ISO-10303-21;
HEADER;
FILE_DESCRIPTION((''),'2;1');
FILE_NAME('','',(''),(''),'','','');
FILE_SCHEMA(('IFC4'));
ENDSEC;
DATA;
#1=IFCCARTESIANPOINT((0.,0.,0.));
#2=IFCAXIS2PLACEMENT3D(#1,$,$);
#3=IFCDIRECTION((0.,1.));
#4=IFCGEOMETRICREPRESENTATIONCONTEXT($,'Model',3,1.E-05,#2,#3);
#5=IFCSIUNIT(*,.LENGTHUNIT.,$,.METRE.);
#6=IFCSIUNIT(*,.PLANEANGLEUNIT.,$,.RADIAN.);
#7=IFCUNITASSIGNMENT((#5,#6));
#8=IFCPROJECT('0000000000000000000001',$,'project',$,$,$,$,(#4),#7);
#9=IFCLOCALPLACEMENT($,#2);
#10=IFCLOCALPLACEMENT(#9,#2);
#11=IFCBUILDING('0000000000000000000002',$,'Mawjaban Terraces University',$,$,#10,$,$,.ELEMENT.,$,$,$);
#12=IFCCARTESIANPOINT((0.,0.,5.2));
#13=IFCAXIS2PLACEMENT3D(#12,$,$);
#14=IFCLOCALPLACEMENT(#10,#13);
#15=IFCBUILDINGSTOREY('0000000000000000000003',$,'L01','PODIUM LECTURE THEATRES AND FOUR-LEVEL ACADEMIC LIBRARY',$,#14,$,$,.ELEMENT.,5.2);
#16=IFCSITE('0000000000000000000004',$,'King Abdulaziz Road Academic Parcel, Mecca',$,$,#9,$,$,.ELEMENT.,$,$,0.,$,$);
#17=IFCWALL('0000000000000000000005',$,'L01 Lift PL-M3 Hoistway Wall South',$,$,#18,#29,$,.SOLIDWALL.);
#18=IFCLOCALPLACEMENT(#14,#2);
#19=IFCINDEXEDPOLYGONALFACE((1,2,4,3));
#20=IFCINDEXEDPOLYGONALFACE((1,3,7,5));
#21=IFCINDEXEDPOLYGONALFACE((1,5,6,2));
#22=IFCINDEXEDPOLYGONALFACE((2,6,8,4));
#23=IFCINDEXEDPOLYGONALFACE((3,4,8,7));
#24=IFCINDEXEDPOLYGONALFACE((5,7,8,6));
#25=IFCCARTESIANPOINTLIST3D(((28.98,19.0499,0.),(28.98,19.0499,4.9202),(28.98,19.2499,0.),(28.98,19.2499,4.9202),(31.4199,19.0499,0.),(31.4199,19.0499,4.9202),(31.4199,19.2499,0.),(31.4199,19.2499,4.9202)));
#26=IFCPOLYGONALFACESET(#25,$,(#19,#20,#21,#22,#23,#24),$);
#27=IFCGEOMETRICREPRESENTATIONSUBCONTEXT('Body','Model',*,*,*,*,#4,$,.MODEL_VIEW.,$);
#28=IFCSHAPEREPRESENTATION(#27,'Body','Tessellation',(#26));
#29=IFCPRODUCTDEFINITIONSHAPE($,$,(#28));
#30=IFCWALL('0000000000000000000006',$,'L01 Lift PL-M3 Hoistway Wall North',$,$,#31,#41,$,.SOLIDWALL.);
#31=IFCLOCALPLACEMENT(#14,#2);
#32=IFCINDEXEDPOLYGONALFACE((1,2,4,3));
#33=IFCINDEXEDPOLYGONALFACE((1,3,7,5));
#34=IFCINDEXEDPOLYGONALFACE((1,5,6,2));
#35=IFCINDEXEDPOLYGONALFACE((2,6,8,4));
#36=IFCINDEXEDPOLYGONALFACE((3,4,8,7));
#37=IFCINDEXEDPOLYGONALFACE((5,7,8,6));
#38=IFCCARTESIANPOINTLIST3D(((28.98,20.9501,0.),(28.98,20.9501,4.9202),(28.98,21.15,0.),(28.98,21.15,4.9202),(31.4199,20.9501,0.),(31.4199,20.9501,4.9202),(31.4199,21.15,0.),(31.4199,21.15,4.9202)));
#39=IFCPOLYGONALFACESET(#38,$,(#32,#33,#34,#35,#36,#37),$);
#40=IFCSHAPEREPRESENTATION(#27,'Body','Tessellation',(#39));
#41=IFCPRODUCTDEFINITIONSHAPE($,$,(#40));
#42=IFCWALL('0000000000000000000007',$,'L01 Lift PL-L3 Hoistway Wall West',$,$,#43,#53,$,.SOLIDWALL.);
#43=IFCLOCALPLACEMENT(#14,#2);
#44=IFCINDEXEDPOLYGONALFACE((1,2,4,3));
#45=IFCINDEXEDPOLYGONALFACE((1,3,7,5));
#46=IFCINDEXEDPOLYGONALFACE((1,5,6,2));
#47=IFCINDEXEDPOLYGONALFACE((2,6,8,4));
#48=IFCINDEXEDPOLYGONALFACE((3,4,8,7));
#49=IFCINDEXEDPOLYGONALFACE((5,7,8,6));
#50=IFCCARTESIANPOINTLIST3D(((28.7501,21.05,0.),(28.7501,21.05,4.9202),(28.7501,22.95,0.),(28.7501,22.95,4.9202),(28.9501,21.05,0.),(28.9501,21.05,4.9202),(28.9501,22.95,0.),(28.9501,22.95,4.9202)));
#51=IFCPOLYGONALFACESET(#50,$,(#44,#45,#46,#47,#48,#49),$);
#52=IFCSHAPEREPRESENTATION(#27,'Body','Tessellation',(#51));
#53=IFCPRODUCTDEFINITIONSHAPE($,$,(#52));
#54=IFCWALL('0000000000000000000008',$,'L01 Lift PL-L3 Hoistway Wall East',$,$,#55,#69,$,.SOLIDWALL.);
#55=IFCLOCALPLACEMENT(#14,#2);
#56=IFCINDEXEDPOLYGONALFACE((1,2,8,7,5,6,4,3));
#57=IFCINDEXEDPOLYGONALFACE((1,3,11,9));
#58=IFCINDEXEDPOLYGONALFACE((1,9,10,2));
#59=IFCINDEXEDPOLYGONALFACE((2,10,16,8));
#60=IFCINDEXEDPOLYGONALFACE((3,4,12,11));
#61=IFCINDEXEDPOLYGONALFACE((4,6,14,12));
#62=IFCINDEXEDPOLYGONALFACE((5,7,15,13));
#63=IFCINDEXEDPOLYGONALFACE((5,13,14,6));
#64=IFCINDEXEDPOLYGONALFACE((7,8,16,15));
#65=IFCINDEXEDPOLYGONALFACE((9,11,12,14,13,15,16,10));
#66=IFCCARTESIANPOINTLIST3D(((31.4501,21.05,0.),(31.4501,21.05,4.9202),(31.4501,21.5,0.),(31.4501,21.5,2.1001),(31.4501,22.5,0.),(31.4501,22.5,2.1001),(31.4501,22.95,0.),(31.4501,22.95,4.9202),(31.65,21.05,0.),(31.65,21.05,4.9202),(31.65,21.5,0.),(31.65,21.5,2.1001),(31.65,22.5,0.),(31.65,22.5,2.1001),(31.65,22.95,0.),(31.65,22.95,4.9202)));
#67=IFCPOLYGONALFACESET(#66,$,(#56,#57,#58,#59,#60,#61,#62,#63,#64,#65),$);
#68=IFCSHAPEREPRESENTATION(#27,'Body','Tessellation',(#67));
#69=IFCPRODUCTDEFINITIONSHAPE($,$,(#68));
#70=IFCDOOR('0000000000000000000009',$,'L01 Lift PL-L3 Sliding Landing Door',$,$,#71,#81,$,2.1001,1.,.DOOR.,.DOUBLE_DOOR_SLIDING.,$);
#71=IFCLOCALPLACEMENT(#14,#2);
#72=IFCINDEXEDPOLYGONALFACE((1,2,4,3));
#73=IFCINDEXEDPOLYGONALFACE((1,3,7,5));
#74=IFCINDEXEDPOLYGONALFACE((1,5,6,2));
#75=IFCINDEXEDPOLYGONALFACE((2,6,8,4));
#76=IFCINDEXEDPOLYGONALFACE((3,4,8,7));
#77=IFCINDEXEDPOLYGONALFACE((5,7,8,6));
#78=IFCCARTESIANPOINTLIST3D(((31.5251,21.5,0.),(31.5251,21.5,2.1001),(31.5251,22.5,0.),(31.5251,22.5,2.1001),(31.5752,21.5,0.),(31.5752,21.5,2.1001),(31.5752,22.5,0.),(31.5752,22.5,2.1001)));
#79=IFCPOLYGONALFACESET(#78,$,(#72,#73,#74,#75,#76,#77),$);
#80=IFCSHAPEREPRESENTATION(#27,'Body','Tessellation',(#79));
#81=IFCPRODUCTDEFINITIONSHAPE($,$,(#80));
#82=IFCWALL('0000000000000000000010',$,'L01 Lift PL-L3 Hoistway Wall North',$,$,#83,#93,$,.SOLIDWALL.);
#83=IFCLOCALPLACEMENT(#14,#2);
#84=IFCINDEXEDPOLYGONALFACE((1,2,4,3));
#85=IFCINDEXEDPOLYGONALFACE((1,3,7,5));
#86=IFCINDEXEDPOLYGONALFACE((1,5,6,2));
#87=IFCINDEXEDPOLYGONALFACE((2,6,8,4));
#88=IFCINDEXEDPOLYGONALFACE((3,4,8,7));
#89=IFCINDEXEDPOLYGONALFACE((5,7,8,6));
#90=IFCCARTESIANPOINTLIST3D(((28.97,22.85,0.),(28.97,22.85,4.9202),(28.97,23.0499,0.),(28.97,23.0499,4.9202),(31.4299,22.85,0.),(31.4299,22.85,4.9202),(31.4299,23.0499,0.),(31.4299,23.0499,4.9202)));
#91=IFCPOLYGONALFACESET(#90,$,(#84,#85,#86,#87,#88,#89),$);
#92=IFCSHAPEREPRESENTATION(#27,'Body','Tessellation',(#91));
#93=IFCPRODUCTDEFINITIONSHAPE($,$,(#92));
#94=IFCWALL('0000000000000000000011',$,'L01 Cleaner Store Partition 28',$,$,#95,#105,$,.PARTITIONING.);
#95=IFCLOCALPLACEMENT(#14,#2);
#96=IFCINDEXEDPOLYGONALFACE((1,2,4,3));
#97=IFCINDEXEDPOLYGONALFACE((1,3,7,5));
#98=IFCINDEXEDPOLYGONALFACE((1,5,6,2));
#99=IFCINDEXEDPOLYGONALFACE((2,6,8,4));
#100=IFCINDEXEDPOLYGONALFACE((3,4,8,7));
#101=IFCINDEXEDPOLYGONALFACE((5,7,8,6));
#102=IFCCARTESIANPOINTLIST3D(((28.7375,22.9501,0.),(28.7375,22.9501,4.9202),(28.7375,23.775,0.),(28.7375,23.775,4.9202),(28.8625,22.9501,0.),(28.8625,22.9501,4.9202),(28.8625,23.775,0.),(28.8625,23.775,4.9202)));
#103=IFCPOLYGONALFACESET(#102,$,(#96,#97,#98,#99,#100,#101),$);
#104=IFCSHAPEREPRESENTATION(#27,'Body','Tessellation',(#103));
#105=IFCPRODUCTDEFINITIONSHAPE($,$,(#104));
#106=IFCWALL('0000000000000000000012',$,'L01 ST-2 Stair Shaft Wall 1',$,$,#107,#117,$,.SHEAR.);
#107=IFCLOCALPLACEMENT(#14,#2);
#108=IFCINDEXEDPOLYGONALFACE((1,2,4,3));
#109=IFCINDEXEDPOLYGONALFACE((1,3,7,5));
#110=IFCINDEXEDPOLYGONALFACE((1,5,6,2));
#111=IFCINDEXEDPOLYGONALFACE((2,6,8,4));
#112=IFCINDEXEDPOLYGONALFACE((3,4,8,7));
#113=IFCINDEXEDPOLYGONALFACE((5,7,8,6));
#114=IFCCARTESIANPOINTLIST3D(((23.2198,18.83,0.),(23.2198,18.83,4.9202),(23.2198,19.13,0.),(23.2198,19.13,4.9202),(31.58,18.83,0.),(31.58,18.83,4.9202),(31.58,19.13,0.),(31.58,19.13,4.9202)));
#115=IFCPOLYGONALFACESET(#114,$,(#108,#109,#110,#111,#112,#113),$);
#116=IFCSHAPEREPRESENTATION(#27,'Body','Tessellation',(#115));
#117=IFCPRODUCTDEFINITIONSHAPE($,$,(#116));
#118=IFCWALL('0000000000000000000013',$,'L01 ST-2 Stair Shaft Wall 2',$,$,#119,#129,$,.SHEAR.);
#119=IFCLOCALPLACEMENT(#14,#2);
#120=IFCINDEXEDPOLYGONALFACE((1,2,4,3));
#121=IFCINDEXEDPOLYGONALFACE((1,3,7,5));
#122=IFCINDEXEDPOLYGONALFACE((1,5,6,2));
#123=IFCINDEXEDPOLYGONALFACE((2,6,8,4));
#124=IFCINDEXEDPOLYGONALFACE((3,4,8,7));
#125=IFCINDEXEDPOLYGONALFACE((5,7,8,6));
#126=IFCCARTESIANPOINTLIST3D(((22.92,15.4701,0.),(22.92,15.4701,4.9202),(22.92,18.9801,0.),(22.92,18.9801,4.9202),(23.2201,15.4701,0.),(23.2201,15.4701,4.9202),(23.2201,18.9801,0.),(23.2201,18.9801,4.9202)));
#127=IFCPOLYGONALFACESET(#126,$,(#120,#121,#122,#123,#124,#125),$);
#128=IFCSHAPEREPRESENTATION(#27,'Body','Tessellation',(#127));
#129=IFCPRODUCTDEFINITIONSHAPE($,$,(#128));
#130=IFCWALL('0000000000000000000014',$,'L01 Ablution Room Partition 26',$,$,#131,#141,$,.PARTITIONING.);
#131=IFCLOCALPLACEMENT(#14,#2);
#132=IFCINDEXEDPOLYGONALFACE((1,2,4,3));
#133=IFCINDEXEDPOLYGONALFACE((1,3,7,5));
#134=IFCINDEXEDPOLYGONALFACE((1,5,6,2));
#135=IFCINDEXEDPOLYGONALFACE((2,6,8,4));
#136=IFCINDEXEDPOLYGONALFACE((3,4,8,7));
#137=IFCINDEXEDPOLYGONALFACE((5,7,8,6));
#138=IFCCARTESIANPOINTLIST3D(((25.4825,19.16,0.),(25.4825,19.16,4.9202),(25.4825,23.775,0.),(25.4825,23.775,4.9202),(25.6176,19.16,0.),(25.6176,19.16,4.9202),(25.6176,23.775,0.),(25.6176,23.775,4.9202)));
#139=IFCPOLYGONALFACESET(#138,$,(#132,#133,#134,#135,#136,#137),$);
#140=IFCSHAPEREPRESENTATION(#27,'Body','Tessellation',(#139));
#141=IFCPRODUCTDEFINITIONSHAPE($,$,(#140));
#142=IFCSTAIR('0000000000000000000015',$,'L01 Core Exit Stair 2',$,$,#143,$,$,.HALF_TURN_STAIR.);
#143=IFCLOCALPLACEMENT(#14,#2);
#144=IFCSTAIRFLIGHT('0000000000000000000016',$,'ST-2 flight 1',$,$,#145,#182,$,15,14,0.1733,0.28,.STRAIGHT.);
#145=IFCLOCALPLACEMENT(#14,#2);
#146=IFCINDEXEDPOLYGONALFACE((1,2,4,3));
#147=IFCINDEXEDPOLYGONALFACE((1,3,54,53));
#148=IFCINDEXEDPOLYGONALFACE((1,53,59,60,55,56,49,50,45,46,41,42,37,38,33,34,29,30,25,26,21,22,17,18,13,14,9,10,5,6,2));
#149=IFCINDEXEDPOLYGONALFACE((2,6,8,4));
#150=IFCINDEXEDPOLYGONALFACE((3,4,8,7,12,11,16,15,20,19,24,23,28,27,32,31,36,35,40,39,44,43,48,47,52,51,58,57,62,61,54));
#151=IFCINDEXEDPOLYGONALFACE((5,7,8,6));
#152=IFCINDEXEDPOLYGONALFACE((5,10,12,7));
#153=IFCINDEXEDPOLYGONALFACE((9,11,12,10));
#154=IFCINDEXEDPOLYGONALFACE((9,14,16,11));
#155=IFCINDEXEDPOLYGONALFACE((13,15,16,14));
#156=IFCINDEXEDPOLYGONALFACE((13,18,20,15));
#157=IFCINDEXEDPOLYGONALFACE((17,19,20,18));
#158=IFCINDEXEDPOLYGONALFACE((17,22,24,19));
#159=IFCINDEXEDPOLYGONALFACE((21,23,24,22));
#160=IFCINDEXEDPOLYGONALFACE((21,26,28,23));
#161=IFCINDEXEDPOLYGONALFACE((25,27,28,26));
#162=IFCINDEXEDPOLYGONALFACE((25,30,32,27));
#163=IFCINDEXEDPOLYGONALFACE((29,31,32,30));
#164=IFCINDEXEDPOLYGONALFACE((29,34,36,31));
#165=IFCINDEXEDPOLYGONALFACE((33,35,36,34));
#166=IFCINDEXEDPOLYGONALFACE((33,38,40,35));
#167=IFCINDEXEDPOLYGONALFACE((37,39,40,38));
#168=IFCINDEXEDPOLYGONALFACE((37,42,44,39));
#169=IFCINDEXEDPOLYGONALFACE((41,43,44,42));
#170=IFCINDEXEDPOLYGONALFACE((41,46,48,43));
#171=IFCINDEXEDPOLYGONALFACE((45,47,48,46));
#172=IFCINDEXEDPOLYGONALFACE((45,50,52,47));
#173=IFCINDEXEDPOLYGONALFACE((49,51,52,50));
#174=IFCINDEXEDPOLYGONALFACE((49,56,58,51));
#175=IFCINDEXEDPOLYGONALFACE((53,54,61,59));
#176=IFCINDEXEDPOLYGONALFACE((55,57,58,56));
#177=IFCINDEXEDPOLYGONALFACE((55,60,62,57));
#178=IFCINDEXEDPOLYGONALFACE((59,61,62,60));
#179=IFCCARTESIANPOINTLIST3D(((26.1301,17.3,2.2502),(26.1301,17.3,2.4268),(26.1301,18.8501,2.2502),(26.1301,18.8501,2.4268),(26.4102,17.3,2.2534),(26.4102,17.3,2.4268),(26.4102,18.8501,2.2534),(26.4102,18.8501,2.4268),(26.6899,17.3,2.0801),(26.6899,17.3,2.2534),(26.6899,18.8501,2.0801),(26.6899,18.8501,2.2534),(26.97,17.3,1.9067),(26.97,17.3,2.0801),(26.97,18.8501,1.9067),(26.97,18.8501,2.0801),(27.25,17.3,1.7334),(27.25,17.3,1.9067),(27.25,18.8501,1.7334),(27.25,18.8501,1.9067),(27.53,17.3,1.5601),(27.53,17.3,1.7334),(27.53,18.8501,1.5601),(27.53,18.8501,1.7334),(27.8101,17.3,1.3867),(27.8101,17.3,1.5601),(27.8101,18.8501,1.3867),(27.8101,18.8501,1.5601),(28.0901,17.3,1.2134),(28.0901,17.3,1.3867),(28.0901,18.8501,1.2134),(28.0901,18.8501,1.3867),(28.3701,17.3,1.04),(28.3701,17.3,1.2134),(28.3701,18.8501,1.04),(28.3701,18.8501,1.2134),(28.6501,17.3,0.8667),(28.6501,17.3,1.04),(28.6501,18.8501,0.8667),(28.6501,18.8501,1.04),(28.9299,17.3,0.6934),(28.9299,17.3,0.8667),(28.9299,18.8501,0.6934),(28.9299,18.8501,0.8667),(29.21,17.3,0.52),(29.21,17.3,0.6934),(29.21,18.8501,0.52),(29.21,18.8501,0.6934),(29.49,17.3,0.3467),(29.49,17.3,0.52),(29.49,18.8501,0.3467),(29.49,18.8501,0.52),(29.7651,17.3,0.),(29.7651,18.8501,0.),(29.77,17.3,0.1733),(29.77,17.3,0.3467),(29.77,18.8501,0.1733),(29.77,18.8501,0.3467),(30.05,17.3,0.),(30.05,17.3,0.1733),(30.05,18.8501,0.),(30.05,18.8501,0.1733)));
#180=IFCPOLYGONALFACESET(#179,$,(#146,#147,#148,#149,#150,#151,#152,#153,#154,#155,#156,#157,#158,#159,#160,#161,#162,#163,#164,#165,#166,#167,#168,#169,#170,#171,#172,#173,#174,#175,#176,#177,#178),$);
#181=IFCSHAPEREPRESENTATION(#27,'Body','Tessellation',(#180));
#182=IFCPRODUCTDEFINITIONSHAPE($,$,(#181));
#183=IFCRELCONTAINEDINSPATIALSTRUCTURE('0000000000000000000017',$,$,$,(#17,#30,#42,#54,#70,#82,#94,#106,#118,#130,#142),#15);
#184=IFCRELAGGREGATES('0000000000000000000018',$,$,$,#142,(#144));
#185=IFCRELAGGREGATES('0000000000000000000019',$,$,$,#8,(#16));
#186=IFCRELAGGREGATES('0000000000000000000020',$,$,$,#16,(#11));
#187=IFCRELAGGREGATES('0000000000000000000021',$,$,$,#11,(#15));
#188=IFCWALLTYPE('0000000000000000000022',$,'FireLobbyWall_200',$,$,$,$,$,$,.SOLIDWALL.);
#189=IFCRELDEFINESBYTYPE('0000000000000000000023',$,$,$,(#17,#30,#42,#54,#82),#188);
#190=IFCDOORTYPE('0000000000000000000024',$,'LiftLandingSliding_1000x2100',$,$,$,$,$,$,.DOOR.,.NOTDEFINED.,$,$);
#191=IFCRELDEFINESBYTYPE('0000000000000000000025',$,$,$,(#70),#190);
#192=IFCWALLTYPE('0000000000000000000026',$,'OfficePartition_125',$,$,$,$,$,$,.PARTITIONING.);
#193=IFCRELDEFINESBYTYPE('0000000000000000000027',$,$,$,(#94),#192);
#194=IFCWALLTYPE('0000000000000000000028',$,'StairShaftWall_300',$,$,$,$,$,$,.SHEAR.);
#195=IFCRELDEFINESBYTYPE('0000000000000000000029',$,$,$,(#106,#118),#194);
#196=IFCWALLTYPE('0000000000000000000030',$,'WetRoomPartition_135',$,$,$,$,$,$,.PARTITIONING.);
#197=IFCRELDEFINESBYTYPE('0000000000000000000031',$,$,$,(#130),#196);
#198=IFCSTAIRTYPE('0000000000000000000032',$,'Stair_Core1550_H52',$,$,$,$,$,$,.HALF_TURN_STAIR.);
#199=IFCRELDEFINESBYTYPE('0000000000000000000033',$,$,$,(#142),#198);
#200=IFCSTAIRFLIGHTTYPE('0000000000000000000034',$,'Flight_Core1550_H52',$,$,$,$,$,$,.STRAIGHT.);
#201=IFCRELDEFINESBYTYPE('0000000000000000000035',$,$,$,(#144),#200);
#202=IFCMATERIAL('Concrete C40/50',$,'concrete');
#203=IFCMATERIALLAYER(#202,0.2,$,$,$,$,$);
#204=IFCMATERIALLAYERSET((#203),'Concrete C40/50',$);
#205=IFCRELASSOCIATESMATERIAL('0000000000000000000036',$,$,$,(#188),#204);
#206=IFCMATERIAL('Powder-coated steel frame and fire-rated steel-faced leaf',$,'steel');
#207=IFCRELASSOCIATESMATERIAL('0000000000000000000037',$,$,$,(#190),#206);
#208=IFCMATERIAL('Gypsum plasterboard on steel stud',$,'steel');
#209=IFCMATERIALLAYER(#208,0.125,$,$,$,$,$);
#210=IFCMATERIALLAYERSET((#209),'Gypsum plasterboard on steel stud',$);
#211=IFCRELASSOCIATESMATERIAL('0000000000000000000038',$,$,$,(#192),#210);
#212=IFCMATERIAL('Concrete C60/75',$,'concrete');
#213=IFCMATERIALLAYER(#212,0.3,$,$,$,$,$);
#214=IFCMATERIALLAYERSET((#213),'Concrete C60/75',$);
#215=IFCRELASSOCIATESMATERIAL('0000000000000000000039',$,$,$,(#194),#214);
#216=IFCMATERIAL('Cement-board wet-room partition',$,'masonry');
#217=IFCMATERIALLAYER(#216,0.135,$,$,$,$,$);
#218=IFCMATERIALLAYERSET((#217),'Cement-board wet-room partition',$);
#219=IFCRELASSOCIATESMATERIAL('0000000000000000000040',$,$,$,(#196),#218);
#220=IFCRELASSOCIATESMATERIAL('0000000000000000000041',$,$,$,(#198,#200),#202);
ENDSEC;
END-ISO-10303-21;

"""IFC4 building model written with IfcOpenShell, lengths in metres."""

from ifc_helpers import new_model, si_unit, direction, frame, frame_2d, origin, place, context, subcontext, project, spatial, polyline, rectangle, outline, extrude, material, layer, layer_set, type_object, element, fill, aggregate, save


model = new_model("IFC4")

# Units and contexts
model_context = context("Model", 3, precision=1e-05, world=origin(), true_north=direction((0.0, 1.0)))
body_context = subcontext(model_context, "Body", "Model", "MODEL_VIEW")
ifc_project = project(units=[si_unit("LENGTHUNIT", "METRE"), si_unit("PLANEANGLEUNIT", "RADIAN")], contexts=[model_context])

# Site, building, storey
site_placement = place(None, origin())
site = spatial("IfcSite", under=ifc_project, at=site_placement, Name="King Abdulaziz Road Academic Parcel, Mecca", CompositionType="ELEMENT", RefElevation=0.0)
building_placement = place(site_placement, origin())
building = spatial("IfcBuilding", under=site, at=building_placement, Name="Mawjaban Terraces University", CompositionType="ELEMENT")
storey_placement = place(building_placement, frame((0.0, 0.0, 5.2)))
storey = spatial("IfcBuildingStorey", under=building, at=storey_placement, Name="L01", Description="PODIUM LECTURE THEATRES AND FOUR-LEVEL ACADEMIC LIBRARY", CompositionType="ELEMENT", Elevation=5.2)

# Walls
ifc_material_1 = material(Name="Concrete C40/50", Category="concrete")
ifc_layer_1 = layer(ifc_material_1, 0.2)
ifc_layer_set_1 = layer_set([ifc_layer_1], Name="Concrete C40/50")
wall_type_1 = type_object("IfcWallType", Name="FireLobbyWall_200", PredefinedType="SOLIDWALL", material=ifc_layer_set_1)
for number, where, z_axis, x_axis, name in (
    (1, (28.98, 19.1499, 0.0), (0.0, 0.0, 1.0), (1.0, 0.0, 0.0), "L01 Lift PL-M3 Hoistway Wall South"),
    (2, (31.4199, 21.05, 0.0), (0.0, 0.0, 1.0), (-1.0, 0.0, 0.0), "L01 Lift PL-M3 Hoistway Wall North"),
):
    element("IfcWall", number, at=place(storey_placement, frame(where, z_axis=z_axis, x_axis=x_axis)), inside=storey, type_object=wall_type_1, Name=name, PredefinedType="SOLIDWALL", context=body_context, shape_type="SweptSolid", body=[
        extrude(rectangle(XDim=2.4399, YDim=0.2, at=frame_2d((1.22, 0.0))), origin(), (0.0, 0.0, 1.0), 4.9202),
    ])
wall_1_placement = place(storey_placement, frame((28.8501, 22.95, 0.0), z_axis=(0.0, 0.0, 1.0), x_axis=(0.0, -1.0, 0.0)))
element("IfcWall", 3, at=wall_1_placement, inside=storey, type_object=wall_type_1, Name="L01 Lift PL-L3 Hoistway Wall West", PredefinedType="SOLIDWALL", context=body_context, shape_type="SweptSolid", body=[
    extrude(rectangle(XDim=1.8999, YDim=0.2, at=frame_2d((0.95, 0.0))), origin(), (0.0, 0.0, 1.0), 4.9202),
])

# Wall, opening, door
wall_2_placement = place(storey_placement, frame((31.55, 21.05, 0.0), z_axis=(0.0, 0.0, 1.0), x_axis=(0.0, 1.0, 0.0)))
wall_2 = element("IfcWall", 4, at=wall_2_placement, inside=storey, type_object=wall_type_1, Name="L01 Lift PL-L3 Hoistway Wall East", PredefinedType="SOLIDWALL", context=body_context, shape_type="SweptSolid", body=[
    extrude(rectangle(XDim=1.8999, YDim=0.2, at=frame_2d((0.95, 0.0))), origin(), (0.0, 0.0, 1.0), 4.9202),
])
opening_1_placement = place(wall_2_placement, frame((0.45, 0.0, 0.0)))
opening_1 = element("IfcOpeningElement", 5, at=opening_1_placement, cuts=wall_2, PredefinedType="OPENING", context=body_context, shape_type="SweptSolid", body=[
    extrude(rectangle(XDim=1.0, YDim=2.1001, at=frame_2d((0.5, 1.05))), frame((0.0, 0.1099, 0.0), z_axis=(0.0, -1.0, 0.0), x_axis=(1.0, 0.0, 0.0)), (0.0, 0.0, 1.0), 0.22),
])
ifc_material_2 = material(Name="Powder-coated steel frame and fire-rated steel-faced leaf", Category="steel")
door_type_1 = type_object("IfcDoorType", Name="LiftLandingSliding_1000x2100", OperationType="NOTDEFINED", PredefinedType="DOOR", material=ifc_material_2)
door_1_placement = place(opening_1_placement, origin())
door_1 = element("IfcDoor", 6, at=door_1_placement, inside=storey, type_object=door_type_1, Name="L01 Lift PL-L3 Sliding Landing Door", OperationType="DOUBLE_DOOR_SLIDING", OverallHeight=2.1001, OverallWidth=1.0, PredefinedType="DOOR", context=body_context, shape_type="SweptSolid", body=[
    extrude(rectangle(XDim=1.0, YDim=2.1001, at=frame_2d((0.5, 1.05))), frame((0.0, 0.0249, 0.0), z_axis=(0.0, -1.0, 0.0), x_axis=(1.0, 0.0, 0.0)), (0.0, 0.0, 1.0), 0.05),
])
fill(opening_1, door_1)

# Walls
wall_3_placement = place(storey_placement, frame((31.4299, 22.95, 0.0), z_axis=(0.0, 0.0, 1.0), x_axis=(-1.0, 0.0, 0.0)))
element("IfcWall", 7, at=wall_3_placement, inside=storey, type_object=wall_type_1, Name="L01 Lift PL-L3 Hoistway Wall North", PredefinedType="SOLIDWALL", context=body_context, shape_type="SweptSolid", body=[
    extrude(rectangle(XDim=2.46, YDim=0.2, at=frame_2d((1.23, 0.0))), origin(), (0.0, 0.0, 1.0), 4.9202),
])
ifc_material_3 = material(Name="Gypsum plasterboard on steel stud", Category="steel")
ifc_layer_2 = layer(ifc_material_3, 0.125)
ifc_layer_set_2 = layer_set([ifc_layer_2], Name="Gypsum plasterboard on steel stud")
wall_type_2 = type_object("IfcWallType", Name="OfficePartition_125", PredefinedType="PARTITIONING", material=ifc_layer_set_2)
wall_4_placement = place(storey_placement, frame((28.8, 22.95, 0.0), z_axis=(0.0, 0.0, 1.0), x_axis=(0.0, 1.0, 0.0)))
element("IfcWall", 8, at=wall_4_placement, inside=storey, type_object=wall_type_2, Name="L01 Cleaner Store Partition 28", PredefinedType="PARTITIONING", context=body_context, shape_type="SweptSolid", body=[
    extrude(rectangle(XDim=0.825, YDim=0.125, at=frame_2d((0.4126, 0.0))), origin(), (0.0, 0.0, 1.0), 4.9202),
])
ifc_material_4 = material(Name="Concrete C60/75", Category="concrete")
ifc_layer_3 = layer(ifc_material_4, 0.3)
ifc_layer_set_3 = layer_set([ifc_layer_3], Name="Concrete C60/75")
wall_type_3 = type_object("IfcWallType", Name="StairShaftWall_300", PredefinedType="SHEAR", material=ifc_layer_set_3)
wall_5_placement = place(storey_placement, frame((31.5801, 18.98, 0.0), z_axis=(0.0, 0.0, 1.0), x_axis=(-1.0, 0.0, 0.0)))
element("IfcWall", 9, at=wall_5_placement, inside=storey, type_object=wall_type_3, Name="L01 ST-2 Stair Shaft Wall 1", PredefinedType="SHEAR", context=body_context, shape_type="SweptSolid", body=[
    extrude(rectangle(XDim=8.3601, YDim=0.3, at=frame_2d((4.1802, 0.0))), origin(), (0.0, 0.0, 1.0), 4.9202),
])
wall_6_placement = place(storey_placement, frame((23.0701, 18.98, 0.0), z_axis=(0.0, 0.0, 1.0), x_axis=(0.0, -1.0, 0.0)))
element("IfcWall", 10, at=wall_6_placement, inside=storey, type_object=wall_type_3, Name="L01 ST-2 Stair Shaft Wall 2", PredefinedType="SHEAR", context=body_context, shape_type="SweptSolid", body=[
    extrude(rectangle(XDim=3.51, YDim=0.3, at=frame_2d((1.7549, 0.0))), origin(), (0.0, 0.0, 1.0), 4.9202),
])
ifc_material_5 = material(Name="Cement-board wet-room partition", Category="masonry")
ifc_layer_4 = layer(ifc_material_5, 0.135)
ifc_layer_set_4 = layer_set([ifc_layer_4], Name="Cement-board wet-room partition")
wall_type_4 = type_object("IfcWallType", Name="WetRoomPartition_135", PredefinedType="PARTITIONING", material=ifc_layer_set_4)
wall_7_placement = place(storey_placement, frame((25.55, 19.1599, 0.0), z_axis=(0.0, 0.0, 1.0), x_axis=(0.0, 1.0, 0.0)))
element("IfcWall", 11, at=wall_7_placement, inside=storey, type_object=wall_type_4, Name="L01 Ablution Room Partition 26", PredefinedType="PARTITIONING", context=body_context, shape_type="SweptSolid", body=[
    extrude(rectangle(XDim=4.615, YDim=0.135, at=frame_2d((2.3076, 0.0))), origin(), (0.0, 0.0, 1.0), 4.9202),
])

# Stair, stair flight
stair_type = type_object("IfcStairType", Name="Stair_Core1550_H52", PredefinedType="HALF_TURN_STAIR", material=ifc_material_1)
stair_placement = place(storey_placement, origin())
stair = element("IfcStair", 12, at=stair_placement, inside=storey, type_object=stair_type, Name="L01 Core Exit Stair 2", PredefinedType="HALF_TURN_STAIR")
stair_flight_type = type_object("IfcStairFlightType", Name="Flight_Core1550_H52", PredefinedType="STRAIGHT", material=ifc_material_1)
stair_flight_1_placement = place(storey_placement, frame((30.05, 18.075, 0.0), z_axis=(0.0, 0.0, 1.0), x_axis=(-1.0, 0.0, 0.0)))
stair_flight_1 = element("IfcStairFlight", 13, at=stair_flight_1_placement, type_object=stair_flight_type, Name="ST-2 flight 1", NumberOfRisers=15, NumberOfTreads=14, PredefinedType="STRAIGHT", RiserHeight=0.1733, TreadLength=0.28, context=body_context, shape_type="SweptSolid", body=[
    extrude(outline(polyline([(0.0, 0.0), (0.0, 0.1733), (0.28, 0.1733), (0.28, 0.3467), (0.5601, 0.3467), (0.5601, 0.52), (0.8401, 0.52), (0.8401, 0.6934), (1.1201, 0.6934), (1.1201, 0.8667), (1.3999, 0.8667), (1.3999, 1.04), (1.6799, 1.04), (1.6799, 1.2134), (1.96, 1.2134), (1.96, 1.3867), (2.24, 1.3867), (2.24, 1.5601), (2.52, 1.5601), (2.52, 1.7334), (2.8, 1.7334), (2.8, 1.9067), (3.0801, 1.9067), (3.0801, 2.0801), (3.3601, 2.0801), (3.3601, 2.2534), (3.6399, 2.2534), (3.6399, 2.4268), (3.9199, 2.4268), (3.9199, 2.6001), (3.9199, 2.2502), (0.2849, 0.0), (0.0, 0.0)])), frame((0.0, 0.7749, 0.0), z_axis=(0.0, -1.0, 0.0), x_axis=(1.0, 0.0, 0.0)), (0.0, 0.0, 1.0), 1.55),
])
aggregate(stair, [stair_flight_1])

save(model, "model.ifc")
